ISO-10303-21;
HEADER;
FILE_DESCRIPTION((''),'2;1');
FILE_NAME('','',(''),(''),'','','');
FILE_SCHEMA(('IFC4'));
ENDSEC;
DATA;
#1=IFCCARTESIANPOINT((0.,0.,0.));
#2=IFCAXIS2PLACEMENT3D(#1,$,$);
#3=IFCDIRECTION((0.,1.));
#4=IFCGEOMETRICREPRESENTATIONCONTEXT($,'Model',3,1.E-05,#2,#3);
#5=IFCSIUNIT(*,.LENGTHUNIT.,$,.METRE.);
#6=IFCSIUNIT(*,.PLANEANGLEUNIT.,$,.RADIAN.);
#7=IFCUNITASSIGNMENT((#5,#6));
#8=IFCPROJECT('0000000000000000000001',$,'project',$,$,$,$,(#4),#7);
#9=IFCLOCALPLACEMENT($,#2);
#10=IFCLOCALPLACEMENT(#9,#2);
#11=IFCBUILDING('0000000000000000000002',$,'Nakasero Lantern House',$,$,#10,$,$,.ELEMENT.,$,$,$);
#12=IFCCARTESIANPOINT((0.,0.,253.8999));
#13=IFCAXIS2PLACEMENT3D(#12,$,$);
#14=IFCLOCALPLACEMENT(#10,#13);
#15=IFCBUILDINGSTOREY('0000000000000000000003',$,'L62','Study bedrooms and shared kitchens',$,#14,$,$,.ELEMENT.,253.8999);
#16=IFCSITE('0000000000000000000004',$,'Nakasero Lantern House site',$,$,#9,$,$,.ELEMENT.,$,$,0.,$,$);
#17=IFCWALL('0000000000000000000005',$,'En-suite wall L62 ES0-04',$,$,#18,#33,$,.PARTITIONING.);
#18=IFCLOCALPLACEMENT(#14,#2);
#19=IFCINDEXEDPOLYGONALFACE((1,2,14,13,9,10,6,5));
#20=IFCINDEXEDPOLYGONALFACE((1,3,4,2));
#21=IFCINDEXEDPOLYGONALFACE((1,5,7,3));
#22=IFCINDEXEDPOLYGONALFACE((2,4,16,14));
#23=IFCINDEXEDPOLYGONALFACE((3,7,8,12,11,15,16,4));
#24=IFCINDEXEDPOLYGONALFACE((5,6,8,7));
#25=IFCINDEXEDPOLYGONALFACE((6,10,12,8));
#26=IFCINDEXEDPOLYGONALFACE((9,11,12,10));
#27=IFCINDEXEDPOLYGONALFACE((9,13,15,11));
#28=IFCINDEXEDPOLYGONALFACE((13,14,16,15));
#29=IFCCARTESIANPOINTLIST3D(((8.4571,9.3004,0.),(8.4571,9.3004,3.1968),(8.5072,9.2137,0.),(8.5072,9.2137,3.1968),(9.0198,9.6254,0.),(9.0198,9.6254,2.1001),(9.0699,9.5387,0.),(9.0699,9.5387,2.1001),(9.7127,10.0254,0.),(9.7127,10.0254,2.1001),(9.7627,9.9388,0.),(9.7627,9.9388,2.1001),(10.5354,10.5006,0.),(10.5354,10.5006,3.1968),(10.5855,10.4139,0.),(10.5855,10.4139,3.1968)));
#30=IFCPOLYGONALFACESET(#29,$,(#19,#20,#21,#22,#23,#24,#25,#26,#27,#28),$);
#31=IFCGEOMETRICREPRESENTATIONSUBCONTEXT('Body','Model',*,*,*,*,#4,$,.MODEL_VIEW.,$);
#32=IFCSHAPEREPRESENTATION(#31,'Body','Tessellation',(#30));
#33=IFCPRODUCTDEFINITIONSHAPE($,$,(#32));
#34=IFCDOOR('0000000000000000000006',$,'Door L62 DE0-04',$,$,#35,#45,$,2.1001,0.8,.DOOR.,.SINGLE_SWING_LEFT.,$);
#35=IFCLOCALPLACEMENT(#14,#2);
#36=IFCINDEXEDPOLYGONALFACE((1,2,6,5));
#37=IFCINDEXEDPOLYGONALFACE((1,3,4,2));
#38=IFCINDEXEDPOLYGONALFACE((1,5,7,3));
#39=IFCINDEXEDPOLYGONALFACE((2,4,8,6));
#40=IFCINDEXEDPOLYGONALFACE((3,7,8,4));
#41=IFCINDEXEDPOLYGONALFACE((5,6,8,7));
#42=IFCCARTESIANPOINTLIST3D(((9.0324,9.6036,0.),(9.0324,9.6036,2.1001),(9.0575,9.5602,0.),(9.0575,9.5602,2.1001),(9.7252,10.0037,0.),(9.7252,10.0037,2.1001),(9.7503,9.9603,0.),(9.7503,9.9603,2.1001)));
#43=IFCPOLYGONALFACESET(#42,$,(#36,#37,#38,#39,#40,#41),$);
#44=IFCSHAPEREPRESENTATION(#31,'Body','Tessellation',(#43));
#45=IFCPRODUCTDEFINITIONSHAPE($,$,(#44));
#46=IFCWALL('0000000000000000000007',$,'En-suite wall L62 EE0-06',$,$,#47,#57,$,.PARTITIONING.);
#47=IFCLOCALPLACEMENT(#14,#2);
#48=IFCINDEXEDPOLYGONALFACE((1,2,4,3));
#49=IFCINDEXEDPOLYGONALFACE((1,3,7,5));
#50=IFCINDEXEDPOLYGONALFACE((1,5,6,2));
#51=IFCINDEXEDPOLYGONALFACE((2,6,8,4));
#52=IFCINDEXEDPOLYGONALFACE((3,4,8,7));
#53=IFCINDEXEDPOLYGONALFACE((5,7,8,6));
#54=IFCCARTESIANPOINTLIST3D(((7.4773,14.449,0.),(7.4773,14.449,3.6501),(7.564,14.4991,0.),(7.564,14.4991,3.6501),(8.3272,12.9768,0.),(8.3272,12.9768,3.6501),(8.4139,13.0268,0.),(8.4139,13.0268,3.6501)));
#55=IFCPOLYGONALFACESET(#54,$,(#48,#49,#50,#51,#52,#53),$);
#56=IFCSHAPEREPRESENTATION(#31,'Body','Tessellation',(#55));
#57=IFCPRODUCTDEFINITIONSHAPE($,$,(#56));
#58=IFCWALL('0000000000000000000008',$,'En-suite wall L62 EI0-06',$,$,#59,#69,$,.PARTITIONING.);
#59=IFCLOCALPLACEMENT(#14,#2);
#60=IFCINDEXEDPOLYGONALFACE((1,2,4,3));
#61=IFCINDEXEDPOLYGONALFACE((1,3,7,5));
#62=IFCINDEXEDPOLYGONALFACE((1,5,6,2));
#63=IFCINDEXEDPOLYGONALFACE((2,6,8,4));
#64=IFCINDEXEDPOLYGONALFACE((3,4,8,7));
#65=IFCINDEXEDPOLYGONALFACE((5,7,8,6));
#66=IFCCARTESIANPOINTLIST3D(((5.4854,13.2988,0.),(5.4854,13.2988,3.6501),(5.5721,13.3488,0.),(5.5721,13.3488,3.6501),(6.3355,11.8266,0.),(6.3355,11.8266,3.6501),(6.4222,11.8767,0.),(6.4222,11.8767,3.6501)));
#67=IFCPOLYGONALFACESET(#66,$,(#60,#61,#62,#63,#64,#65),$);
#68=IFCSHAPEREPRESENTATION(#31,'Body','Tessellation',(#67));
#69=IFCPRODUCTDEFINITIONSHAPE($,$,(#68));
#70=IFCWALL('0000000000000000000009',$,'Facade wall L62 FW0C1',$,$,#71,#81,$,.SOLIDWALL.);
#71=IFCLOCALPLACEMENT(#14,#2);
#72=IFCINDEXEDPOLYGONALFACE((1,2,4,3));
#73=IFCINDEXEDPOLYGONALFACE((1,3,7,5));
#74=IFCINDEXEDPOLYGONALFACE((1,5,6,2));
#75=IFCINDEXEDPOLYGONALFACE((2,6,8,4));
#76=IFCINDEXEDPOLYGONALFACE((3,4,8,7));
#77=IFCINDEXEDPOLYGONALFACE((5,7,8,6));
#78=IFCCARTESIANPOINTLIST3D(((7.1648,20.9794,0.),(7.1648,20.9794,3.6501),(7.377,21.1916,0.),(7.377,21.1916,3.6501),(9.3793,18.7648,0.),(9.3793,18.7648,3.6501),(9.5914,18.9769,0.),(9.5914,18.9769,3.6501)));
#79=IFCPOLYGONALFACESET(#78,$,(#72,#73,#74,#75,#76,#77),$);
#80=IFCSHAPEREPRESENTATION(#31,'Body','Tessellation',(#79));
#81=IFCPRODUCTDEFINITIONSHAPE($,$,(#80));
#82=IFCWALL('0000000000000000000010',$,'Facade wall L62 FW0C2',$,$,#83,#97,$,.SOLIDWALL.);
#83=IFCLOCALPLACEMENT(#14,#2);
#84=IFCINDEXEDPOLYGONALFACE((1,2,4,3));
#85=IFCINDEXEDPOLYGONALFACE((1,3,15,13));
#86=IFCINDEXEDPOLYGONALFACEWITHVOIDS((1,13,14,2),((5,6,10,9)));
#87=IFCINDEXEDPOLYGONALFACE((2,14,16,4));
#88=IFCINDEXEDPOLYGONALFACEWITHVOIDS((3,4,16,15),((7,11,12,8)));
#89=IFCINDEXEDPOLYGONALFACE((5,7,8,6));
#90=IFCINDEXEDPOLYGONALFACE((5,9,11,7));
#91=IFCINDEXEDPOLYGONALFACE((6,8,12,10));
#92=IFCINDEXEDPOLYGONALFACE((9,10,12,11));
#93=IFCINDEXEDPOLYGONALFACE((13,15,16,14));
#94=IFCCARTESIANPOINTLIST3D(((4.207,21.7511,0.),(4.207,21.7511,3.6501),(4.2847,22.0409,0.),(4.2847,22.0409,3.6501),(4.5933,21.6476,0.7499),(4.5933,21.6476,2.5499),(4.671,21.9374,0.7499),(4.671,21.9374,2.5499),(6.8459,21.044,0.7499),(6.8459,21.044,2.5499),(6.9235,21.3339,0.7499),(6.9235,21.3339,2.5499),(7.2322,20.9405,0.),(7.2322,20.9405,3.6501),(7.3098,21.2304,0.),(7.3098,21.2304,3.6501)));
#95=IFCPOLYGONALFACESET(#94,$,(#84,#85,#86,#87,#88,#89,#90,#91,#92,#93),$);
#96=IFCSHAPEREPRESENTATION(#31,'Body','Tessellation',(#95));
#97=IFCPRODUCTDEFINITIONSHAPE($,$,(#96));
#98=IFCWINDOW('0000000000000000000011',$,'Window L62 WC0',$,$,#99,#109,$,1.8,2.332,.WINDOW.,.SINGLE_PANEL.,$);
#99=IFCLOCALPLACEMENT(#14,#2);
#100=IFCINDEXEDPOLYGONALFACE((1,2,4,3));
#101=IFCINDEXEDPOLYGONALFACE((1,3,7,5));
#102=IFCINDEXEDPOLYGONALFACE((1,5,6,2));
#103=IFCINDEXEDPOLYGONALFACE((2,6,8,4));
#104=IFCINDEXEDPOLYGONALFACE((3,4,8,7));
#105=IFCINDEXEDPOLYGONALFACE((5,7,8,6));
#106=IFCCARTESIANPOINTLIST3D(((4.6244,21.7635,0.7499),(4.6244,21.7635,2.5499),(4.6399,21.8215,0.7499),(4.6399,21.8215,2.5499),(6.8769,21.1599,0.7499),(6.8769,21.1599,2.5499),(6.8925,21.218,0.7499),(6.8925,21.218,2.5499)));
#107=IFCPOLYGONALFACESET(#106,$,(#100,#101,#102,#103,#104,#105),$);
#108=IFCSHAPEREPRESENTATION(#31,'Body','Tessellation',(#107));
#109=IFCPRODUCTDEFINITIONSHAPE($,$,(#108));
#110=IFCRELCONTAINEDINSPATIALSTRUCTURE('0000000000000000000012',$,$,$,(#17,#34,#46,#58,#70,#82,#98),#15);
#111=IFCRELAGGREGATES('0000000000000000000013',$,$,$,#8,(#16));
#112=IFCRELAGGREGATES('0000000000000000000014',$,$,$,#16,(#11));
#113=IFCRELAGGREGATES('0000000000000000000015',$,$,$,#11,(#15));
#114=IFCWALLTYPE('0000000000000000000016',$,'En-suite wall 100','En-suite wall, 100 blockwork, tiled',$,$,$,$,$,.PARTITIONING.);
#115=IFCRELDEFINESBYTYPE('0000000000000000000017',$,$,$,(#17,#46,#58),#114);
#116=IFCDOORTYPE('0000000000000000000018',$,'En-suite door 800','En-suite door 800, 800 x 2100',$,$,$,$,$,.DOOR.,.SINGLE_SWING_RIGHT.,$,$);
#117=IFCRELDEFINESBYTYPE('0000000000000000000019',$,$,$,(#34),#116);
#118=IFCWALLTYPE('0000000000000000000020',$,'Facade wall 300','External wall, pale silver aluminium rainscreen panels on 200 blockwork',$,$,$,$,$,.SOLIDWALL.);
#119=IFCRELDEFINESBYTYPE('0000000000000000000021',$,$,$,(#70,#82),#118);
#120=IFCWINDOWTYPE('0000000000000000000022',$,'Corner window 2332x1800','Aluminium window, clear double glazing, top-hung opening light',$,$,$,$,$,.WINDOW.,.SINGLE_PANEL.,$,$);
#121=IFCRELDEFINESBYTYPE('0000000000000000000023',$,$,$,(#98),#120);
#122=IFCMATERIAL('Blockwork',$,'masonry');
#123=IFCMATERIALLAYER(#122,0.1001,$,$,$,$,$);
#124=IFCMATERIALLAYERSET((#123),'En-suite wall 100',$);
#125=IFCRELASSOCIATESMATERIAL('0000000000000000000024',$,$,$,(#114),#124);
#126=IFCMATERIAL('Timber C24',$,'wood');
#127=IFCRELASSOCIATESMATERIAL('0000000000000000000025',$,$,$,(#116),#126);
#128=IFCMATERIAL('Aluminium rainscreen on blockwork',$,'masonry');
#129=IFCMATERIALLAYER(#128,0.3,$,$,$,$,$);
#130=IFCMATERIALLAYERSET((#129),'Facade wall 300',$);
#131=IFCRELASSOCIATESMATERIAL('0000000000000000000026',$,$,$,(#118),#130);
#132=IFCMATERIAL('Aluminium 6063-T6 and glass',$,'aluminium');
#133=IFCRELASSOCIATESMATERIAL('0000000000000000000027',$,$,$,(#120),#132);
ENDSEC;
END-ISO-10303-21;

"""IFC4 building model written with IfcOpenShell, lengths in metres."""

from ifc_helpers import new_model, si_unit, direction, frame, frame_2d, origin, place, context, subcontext, project, spatial, rectangle, extrude, material, layer, layer_set, type_object, element, fill, save


model = new_model("IFC4")

# Units and contexts
model_context = context("Model", 3, precision=1e-05, world=origin(), true_north=direction((0.0, 1.0)))
body_context = subcontext(model_context, "Body", "Model", "MODEL_VIEW")
ifc_project = project(units=[si_unit("LENGTHUNIT", "METRE"), si_unit("PLANEANGLEUNIT", "RADIAN")], contexts=[model_context])

# Site, building, storey
site_placement = place(None, origin())
site = spatial("IfcSite", under=ifc_project, at=site_placement, Name="Nakasero Lantern House site", CompositionType="ELEMENT", RefElevation=0.0)
building_placement = place(site_placement, origin())
building = spatial("IfcBuilding", under=site, at=building_placement, Name="Nakasero Lantern House", CompositionType="ELEMENT")
storey_placement = place(building_placement, frame((0.0, 0.0, 253.8999)))
storey = spatial("IfcBuildingStorey", under=building, at=storey_placement, Name="L62", Description="Study bedrooms and shared kitchens", CompositionType="ELEMENT", Elevation=253.8999)

# Wall, opening, door
ifc_material_1 = material(Name="Blockwork", Category="masonry")
ifc_layer_1 = layer(ifc_material_1, 0.1001)
ifc_layer_set_1 = layer_set([ifc_layer_1], Name="En-suite wall 100")
wall_type_1 = type_object("IfcWallType", Name="En-suite wall 100", Description="En-suite wall, 100 blockwork, tiled", PredefinedType="PARTITIONING", material=ifc_layer_set_1)
wall_1_placement = place(storey_placement, frame((8.4822, 9.2571, 0.0), z_axis=(0.0, 0.0, 1.0), x_axis=(0.865981, 0.500078, 0.0)))
wall_1 = element("IfcWall", 1, at=wall_1_placement, inside=storey, type_object=wall_type_1, Name="En-suite wall L62 ES0-04", PredefinedType="PARTITIONING", context=body_context, shape_type="SweptSolid", body=[
    extrude(rectangle(XDim=2.3999, YDim=0.1001, at=frame_2d((1.2, 0.0))), origin(), (0.0, 0.0, 1.0), 3.1968),
])
opening_1_placement = place(wall_1_placement, frame((0.6499, 0.0, 0.0)))
opening_1 = element("IfcOpeningElement", 2, at=opening_1_placement, cuts=wall_1, PredefinedType="OPENING", context=body_context, shape_type="SweptSolid", body=[
    extrude(rectangle(XDim=0.8, YDim=2.1001, at=frame_2d((0.3999, 1.05))), frame((0.0, 0.0701, 0.0), z_axis=(0.0, -1.0, 0.0), x_axis=(1.0, 0.0, 0.0)), (0.0, 0.0, 1.0), 0.1401),
])
ifc_material_2 = material(Name="Timber C24", Category="wood")
door_type = type_object("IfcDoorType", Name="En-suite door 800", Description="En-suite door 800, 800 x 2100", OperationType="SINGLE_SWING_RIGHT", PredefinedType="DOOR", material=ifc_material_2)
door_placement = place(opening_1_placement, origin())
door = element("IfcDoor", 3, at=door_placement, inside=storey, type_object=door_type, Name="Door L62 DE0-04", OperationType="SINGLE_SWING_LEFT", OverallHeight=2.1001, OverallWidth=0.8, PredefinedType="DOOR", context=body_context, shape_type="SweptSolid", body=[
    extrude(rectangle(XDim=0.8, YDim=2.1001, at=frame_2d((0.3999, 1.05))), frame((0.0, 0.0249, 0.0), z_axis=(0.0, -1.0, 0.0), x_axis=(1.0, 0.0, 0.0)), (0.0, 0.0, 1.0), 0.05),
])
fill(opening_1, door)

# Walls
for number, where, z_axis, x_axis, name in (
    (4, (8.3706, 13.0017, 0.0), (0.0, 0.0, 1.0), (-0.499955, 0.866052, 0.0), "En-suite wall L62 EE0-06"),
    (5, (6.3789, 11.8516, 0.0), (0.0, 0.0, 1.0), (-0.500062, 0.865989, 0.0), "En-suite wall L62 EI0-06"),
):
    element("IfcWall", number, at=place(storey_placement, frame(where, z_axis=z_axis, x_axis=x_axis)), inside=storey, type_object=wall_type_1, Name=name, PredefinedType="PARTITIONING", context=body_context, shape_type="SweptSolid", body=[
        extrude(rectangle(XDim=1.7, YDim=0.1001, at=frame_2d((0.8501, 0.0))), origin(), (0.0, 0.0, 1.0), 3.6501),
    ])
ifc_material_3 = material(Name="Aluminium rainscreen on blockwork", Category="masonry")
ifc_layer_2 = layer(ifc_material_3, 0.3)
ifc_layer_set_2 = layer_set([ifc_layer_2], Name="Facade wall 300")
wall_type_2 = type_object("IfcWallType", Name="Facade wall 300", Description="External wall, pale silver aluminium rainscreen panels on 200 blockwork", PredefinedType="SOLIDWALL", material=ifc_layer_set_2)
wall_2_placement = place(storey_placement, frame((9.4854, 18.8708, 0.0), z_axis=(0.0, 0.0, 1.0), x_axis=(-0.707068, 0.707146, 0.0)))
element("IfcWall", 6, at=wall_2_placement, inside=storey, type_object=wall_type_2, Name="Facade wall L62 FW0C1", PredefinedType="SOLIDWALL", context=body_context, shape_type="SweptSolid", body=[
    extrude(rectangle(XDim=3.1318, YDim=0.3, at=frame_2d((1.5659, 0.0))), origin(), (0.0, 0.0, 1.0), 3.6501),
])

# Wall, opening, window
wall_3_placement = place(storey_placement, frame((7.271, 21.0854, 0.0), z_axis=(0.0, 0.0, 1.0), x_axis=(-0.965929, 0.258808, 0.0)))
wall_3 = element("IfcWall", 7, at=wall_3_placement, inside=storey, type_object=wall_type_2, Name="Facade wall L62 FW0C2", PredefinedType="SOLIDWALL", context=body_context, shape_type="SweptSolid", body=[
    extrude(rectangle(XDim=3.1318, YDim=0.3, at=frame_2d((1.5659, 0.0))), origin(), (0.0, 0.0, 1.0), 3.6501),
])
opening_2_placement = place(wall_3_placement, frame((0.3999, 0.0, 0.75)))
opening_2 = element("IfcOpeningElement", 8, at=opening_2_placement, cuts=wall_3, PredefinedType="OPENING", context=body_context, shape_type="SweptSolid", body=[
    extrude(rectangle(XDim=2.332, YDim=1.8, at=frame_2d((1.166, 0.8999))), frame((0.0, 0.1699, 0.0), z_axis=(0.0, -1.0, 0.0), x_axis=(1.0, 0.0, 0.0)), (0.0, 0.0, 1.0), 0.3401),
])
ifc_material_4 = material(Name="Aluminium 6063-T6 and glass", Category="aluminium")
window_type = type_object("IfcWindowType", Name="Corner window 2332x1800", Description="Aluminium window, clear double glazing, top-hung opening light", PartitioningType="SINGLE_PANEL", PredefinedType="WINDOW", material=ifc_material_4)
window_placement = place(opening_2_placement, origin())
window = element("IfcWindow", 9, at=window_placement, inside=storey, type_object=window_type, Name="Window L62 WC0", OverallHeight=1.8, OverallWidth=2.332, PartitioningType="SINGLE_PANEL", PredefinedType="WINDOW", context=body_context, shape_type="SweptSolid", body=[
    extrude(rectangle(XDim=2.332, YDim=1.8, at=frame_2d((1.166, 0.8999))), frame((0.0, 0.03, 0.0), z_axis=(0.0, -1.0, 0.0), x_axis=(1.0, 0.0, 0.0)), (0.0, 0.0, 1.0), 0.0601),
])
fill(opening_2, window)

save(model, "model.ifc")
